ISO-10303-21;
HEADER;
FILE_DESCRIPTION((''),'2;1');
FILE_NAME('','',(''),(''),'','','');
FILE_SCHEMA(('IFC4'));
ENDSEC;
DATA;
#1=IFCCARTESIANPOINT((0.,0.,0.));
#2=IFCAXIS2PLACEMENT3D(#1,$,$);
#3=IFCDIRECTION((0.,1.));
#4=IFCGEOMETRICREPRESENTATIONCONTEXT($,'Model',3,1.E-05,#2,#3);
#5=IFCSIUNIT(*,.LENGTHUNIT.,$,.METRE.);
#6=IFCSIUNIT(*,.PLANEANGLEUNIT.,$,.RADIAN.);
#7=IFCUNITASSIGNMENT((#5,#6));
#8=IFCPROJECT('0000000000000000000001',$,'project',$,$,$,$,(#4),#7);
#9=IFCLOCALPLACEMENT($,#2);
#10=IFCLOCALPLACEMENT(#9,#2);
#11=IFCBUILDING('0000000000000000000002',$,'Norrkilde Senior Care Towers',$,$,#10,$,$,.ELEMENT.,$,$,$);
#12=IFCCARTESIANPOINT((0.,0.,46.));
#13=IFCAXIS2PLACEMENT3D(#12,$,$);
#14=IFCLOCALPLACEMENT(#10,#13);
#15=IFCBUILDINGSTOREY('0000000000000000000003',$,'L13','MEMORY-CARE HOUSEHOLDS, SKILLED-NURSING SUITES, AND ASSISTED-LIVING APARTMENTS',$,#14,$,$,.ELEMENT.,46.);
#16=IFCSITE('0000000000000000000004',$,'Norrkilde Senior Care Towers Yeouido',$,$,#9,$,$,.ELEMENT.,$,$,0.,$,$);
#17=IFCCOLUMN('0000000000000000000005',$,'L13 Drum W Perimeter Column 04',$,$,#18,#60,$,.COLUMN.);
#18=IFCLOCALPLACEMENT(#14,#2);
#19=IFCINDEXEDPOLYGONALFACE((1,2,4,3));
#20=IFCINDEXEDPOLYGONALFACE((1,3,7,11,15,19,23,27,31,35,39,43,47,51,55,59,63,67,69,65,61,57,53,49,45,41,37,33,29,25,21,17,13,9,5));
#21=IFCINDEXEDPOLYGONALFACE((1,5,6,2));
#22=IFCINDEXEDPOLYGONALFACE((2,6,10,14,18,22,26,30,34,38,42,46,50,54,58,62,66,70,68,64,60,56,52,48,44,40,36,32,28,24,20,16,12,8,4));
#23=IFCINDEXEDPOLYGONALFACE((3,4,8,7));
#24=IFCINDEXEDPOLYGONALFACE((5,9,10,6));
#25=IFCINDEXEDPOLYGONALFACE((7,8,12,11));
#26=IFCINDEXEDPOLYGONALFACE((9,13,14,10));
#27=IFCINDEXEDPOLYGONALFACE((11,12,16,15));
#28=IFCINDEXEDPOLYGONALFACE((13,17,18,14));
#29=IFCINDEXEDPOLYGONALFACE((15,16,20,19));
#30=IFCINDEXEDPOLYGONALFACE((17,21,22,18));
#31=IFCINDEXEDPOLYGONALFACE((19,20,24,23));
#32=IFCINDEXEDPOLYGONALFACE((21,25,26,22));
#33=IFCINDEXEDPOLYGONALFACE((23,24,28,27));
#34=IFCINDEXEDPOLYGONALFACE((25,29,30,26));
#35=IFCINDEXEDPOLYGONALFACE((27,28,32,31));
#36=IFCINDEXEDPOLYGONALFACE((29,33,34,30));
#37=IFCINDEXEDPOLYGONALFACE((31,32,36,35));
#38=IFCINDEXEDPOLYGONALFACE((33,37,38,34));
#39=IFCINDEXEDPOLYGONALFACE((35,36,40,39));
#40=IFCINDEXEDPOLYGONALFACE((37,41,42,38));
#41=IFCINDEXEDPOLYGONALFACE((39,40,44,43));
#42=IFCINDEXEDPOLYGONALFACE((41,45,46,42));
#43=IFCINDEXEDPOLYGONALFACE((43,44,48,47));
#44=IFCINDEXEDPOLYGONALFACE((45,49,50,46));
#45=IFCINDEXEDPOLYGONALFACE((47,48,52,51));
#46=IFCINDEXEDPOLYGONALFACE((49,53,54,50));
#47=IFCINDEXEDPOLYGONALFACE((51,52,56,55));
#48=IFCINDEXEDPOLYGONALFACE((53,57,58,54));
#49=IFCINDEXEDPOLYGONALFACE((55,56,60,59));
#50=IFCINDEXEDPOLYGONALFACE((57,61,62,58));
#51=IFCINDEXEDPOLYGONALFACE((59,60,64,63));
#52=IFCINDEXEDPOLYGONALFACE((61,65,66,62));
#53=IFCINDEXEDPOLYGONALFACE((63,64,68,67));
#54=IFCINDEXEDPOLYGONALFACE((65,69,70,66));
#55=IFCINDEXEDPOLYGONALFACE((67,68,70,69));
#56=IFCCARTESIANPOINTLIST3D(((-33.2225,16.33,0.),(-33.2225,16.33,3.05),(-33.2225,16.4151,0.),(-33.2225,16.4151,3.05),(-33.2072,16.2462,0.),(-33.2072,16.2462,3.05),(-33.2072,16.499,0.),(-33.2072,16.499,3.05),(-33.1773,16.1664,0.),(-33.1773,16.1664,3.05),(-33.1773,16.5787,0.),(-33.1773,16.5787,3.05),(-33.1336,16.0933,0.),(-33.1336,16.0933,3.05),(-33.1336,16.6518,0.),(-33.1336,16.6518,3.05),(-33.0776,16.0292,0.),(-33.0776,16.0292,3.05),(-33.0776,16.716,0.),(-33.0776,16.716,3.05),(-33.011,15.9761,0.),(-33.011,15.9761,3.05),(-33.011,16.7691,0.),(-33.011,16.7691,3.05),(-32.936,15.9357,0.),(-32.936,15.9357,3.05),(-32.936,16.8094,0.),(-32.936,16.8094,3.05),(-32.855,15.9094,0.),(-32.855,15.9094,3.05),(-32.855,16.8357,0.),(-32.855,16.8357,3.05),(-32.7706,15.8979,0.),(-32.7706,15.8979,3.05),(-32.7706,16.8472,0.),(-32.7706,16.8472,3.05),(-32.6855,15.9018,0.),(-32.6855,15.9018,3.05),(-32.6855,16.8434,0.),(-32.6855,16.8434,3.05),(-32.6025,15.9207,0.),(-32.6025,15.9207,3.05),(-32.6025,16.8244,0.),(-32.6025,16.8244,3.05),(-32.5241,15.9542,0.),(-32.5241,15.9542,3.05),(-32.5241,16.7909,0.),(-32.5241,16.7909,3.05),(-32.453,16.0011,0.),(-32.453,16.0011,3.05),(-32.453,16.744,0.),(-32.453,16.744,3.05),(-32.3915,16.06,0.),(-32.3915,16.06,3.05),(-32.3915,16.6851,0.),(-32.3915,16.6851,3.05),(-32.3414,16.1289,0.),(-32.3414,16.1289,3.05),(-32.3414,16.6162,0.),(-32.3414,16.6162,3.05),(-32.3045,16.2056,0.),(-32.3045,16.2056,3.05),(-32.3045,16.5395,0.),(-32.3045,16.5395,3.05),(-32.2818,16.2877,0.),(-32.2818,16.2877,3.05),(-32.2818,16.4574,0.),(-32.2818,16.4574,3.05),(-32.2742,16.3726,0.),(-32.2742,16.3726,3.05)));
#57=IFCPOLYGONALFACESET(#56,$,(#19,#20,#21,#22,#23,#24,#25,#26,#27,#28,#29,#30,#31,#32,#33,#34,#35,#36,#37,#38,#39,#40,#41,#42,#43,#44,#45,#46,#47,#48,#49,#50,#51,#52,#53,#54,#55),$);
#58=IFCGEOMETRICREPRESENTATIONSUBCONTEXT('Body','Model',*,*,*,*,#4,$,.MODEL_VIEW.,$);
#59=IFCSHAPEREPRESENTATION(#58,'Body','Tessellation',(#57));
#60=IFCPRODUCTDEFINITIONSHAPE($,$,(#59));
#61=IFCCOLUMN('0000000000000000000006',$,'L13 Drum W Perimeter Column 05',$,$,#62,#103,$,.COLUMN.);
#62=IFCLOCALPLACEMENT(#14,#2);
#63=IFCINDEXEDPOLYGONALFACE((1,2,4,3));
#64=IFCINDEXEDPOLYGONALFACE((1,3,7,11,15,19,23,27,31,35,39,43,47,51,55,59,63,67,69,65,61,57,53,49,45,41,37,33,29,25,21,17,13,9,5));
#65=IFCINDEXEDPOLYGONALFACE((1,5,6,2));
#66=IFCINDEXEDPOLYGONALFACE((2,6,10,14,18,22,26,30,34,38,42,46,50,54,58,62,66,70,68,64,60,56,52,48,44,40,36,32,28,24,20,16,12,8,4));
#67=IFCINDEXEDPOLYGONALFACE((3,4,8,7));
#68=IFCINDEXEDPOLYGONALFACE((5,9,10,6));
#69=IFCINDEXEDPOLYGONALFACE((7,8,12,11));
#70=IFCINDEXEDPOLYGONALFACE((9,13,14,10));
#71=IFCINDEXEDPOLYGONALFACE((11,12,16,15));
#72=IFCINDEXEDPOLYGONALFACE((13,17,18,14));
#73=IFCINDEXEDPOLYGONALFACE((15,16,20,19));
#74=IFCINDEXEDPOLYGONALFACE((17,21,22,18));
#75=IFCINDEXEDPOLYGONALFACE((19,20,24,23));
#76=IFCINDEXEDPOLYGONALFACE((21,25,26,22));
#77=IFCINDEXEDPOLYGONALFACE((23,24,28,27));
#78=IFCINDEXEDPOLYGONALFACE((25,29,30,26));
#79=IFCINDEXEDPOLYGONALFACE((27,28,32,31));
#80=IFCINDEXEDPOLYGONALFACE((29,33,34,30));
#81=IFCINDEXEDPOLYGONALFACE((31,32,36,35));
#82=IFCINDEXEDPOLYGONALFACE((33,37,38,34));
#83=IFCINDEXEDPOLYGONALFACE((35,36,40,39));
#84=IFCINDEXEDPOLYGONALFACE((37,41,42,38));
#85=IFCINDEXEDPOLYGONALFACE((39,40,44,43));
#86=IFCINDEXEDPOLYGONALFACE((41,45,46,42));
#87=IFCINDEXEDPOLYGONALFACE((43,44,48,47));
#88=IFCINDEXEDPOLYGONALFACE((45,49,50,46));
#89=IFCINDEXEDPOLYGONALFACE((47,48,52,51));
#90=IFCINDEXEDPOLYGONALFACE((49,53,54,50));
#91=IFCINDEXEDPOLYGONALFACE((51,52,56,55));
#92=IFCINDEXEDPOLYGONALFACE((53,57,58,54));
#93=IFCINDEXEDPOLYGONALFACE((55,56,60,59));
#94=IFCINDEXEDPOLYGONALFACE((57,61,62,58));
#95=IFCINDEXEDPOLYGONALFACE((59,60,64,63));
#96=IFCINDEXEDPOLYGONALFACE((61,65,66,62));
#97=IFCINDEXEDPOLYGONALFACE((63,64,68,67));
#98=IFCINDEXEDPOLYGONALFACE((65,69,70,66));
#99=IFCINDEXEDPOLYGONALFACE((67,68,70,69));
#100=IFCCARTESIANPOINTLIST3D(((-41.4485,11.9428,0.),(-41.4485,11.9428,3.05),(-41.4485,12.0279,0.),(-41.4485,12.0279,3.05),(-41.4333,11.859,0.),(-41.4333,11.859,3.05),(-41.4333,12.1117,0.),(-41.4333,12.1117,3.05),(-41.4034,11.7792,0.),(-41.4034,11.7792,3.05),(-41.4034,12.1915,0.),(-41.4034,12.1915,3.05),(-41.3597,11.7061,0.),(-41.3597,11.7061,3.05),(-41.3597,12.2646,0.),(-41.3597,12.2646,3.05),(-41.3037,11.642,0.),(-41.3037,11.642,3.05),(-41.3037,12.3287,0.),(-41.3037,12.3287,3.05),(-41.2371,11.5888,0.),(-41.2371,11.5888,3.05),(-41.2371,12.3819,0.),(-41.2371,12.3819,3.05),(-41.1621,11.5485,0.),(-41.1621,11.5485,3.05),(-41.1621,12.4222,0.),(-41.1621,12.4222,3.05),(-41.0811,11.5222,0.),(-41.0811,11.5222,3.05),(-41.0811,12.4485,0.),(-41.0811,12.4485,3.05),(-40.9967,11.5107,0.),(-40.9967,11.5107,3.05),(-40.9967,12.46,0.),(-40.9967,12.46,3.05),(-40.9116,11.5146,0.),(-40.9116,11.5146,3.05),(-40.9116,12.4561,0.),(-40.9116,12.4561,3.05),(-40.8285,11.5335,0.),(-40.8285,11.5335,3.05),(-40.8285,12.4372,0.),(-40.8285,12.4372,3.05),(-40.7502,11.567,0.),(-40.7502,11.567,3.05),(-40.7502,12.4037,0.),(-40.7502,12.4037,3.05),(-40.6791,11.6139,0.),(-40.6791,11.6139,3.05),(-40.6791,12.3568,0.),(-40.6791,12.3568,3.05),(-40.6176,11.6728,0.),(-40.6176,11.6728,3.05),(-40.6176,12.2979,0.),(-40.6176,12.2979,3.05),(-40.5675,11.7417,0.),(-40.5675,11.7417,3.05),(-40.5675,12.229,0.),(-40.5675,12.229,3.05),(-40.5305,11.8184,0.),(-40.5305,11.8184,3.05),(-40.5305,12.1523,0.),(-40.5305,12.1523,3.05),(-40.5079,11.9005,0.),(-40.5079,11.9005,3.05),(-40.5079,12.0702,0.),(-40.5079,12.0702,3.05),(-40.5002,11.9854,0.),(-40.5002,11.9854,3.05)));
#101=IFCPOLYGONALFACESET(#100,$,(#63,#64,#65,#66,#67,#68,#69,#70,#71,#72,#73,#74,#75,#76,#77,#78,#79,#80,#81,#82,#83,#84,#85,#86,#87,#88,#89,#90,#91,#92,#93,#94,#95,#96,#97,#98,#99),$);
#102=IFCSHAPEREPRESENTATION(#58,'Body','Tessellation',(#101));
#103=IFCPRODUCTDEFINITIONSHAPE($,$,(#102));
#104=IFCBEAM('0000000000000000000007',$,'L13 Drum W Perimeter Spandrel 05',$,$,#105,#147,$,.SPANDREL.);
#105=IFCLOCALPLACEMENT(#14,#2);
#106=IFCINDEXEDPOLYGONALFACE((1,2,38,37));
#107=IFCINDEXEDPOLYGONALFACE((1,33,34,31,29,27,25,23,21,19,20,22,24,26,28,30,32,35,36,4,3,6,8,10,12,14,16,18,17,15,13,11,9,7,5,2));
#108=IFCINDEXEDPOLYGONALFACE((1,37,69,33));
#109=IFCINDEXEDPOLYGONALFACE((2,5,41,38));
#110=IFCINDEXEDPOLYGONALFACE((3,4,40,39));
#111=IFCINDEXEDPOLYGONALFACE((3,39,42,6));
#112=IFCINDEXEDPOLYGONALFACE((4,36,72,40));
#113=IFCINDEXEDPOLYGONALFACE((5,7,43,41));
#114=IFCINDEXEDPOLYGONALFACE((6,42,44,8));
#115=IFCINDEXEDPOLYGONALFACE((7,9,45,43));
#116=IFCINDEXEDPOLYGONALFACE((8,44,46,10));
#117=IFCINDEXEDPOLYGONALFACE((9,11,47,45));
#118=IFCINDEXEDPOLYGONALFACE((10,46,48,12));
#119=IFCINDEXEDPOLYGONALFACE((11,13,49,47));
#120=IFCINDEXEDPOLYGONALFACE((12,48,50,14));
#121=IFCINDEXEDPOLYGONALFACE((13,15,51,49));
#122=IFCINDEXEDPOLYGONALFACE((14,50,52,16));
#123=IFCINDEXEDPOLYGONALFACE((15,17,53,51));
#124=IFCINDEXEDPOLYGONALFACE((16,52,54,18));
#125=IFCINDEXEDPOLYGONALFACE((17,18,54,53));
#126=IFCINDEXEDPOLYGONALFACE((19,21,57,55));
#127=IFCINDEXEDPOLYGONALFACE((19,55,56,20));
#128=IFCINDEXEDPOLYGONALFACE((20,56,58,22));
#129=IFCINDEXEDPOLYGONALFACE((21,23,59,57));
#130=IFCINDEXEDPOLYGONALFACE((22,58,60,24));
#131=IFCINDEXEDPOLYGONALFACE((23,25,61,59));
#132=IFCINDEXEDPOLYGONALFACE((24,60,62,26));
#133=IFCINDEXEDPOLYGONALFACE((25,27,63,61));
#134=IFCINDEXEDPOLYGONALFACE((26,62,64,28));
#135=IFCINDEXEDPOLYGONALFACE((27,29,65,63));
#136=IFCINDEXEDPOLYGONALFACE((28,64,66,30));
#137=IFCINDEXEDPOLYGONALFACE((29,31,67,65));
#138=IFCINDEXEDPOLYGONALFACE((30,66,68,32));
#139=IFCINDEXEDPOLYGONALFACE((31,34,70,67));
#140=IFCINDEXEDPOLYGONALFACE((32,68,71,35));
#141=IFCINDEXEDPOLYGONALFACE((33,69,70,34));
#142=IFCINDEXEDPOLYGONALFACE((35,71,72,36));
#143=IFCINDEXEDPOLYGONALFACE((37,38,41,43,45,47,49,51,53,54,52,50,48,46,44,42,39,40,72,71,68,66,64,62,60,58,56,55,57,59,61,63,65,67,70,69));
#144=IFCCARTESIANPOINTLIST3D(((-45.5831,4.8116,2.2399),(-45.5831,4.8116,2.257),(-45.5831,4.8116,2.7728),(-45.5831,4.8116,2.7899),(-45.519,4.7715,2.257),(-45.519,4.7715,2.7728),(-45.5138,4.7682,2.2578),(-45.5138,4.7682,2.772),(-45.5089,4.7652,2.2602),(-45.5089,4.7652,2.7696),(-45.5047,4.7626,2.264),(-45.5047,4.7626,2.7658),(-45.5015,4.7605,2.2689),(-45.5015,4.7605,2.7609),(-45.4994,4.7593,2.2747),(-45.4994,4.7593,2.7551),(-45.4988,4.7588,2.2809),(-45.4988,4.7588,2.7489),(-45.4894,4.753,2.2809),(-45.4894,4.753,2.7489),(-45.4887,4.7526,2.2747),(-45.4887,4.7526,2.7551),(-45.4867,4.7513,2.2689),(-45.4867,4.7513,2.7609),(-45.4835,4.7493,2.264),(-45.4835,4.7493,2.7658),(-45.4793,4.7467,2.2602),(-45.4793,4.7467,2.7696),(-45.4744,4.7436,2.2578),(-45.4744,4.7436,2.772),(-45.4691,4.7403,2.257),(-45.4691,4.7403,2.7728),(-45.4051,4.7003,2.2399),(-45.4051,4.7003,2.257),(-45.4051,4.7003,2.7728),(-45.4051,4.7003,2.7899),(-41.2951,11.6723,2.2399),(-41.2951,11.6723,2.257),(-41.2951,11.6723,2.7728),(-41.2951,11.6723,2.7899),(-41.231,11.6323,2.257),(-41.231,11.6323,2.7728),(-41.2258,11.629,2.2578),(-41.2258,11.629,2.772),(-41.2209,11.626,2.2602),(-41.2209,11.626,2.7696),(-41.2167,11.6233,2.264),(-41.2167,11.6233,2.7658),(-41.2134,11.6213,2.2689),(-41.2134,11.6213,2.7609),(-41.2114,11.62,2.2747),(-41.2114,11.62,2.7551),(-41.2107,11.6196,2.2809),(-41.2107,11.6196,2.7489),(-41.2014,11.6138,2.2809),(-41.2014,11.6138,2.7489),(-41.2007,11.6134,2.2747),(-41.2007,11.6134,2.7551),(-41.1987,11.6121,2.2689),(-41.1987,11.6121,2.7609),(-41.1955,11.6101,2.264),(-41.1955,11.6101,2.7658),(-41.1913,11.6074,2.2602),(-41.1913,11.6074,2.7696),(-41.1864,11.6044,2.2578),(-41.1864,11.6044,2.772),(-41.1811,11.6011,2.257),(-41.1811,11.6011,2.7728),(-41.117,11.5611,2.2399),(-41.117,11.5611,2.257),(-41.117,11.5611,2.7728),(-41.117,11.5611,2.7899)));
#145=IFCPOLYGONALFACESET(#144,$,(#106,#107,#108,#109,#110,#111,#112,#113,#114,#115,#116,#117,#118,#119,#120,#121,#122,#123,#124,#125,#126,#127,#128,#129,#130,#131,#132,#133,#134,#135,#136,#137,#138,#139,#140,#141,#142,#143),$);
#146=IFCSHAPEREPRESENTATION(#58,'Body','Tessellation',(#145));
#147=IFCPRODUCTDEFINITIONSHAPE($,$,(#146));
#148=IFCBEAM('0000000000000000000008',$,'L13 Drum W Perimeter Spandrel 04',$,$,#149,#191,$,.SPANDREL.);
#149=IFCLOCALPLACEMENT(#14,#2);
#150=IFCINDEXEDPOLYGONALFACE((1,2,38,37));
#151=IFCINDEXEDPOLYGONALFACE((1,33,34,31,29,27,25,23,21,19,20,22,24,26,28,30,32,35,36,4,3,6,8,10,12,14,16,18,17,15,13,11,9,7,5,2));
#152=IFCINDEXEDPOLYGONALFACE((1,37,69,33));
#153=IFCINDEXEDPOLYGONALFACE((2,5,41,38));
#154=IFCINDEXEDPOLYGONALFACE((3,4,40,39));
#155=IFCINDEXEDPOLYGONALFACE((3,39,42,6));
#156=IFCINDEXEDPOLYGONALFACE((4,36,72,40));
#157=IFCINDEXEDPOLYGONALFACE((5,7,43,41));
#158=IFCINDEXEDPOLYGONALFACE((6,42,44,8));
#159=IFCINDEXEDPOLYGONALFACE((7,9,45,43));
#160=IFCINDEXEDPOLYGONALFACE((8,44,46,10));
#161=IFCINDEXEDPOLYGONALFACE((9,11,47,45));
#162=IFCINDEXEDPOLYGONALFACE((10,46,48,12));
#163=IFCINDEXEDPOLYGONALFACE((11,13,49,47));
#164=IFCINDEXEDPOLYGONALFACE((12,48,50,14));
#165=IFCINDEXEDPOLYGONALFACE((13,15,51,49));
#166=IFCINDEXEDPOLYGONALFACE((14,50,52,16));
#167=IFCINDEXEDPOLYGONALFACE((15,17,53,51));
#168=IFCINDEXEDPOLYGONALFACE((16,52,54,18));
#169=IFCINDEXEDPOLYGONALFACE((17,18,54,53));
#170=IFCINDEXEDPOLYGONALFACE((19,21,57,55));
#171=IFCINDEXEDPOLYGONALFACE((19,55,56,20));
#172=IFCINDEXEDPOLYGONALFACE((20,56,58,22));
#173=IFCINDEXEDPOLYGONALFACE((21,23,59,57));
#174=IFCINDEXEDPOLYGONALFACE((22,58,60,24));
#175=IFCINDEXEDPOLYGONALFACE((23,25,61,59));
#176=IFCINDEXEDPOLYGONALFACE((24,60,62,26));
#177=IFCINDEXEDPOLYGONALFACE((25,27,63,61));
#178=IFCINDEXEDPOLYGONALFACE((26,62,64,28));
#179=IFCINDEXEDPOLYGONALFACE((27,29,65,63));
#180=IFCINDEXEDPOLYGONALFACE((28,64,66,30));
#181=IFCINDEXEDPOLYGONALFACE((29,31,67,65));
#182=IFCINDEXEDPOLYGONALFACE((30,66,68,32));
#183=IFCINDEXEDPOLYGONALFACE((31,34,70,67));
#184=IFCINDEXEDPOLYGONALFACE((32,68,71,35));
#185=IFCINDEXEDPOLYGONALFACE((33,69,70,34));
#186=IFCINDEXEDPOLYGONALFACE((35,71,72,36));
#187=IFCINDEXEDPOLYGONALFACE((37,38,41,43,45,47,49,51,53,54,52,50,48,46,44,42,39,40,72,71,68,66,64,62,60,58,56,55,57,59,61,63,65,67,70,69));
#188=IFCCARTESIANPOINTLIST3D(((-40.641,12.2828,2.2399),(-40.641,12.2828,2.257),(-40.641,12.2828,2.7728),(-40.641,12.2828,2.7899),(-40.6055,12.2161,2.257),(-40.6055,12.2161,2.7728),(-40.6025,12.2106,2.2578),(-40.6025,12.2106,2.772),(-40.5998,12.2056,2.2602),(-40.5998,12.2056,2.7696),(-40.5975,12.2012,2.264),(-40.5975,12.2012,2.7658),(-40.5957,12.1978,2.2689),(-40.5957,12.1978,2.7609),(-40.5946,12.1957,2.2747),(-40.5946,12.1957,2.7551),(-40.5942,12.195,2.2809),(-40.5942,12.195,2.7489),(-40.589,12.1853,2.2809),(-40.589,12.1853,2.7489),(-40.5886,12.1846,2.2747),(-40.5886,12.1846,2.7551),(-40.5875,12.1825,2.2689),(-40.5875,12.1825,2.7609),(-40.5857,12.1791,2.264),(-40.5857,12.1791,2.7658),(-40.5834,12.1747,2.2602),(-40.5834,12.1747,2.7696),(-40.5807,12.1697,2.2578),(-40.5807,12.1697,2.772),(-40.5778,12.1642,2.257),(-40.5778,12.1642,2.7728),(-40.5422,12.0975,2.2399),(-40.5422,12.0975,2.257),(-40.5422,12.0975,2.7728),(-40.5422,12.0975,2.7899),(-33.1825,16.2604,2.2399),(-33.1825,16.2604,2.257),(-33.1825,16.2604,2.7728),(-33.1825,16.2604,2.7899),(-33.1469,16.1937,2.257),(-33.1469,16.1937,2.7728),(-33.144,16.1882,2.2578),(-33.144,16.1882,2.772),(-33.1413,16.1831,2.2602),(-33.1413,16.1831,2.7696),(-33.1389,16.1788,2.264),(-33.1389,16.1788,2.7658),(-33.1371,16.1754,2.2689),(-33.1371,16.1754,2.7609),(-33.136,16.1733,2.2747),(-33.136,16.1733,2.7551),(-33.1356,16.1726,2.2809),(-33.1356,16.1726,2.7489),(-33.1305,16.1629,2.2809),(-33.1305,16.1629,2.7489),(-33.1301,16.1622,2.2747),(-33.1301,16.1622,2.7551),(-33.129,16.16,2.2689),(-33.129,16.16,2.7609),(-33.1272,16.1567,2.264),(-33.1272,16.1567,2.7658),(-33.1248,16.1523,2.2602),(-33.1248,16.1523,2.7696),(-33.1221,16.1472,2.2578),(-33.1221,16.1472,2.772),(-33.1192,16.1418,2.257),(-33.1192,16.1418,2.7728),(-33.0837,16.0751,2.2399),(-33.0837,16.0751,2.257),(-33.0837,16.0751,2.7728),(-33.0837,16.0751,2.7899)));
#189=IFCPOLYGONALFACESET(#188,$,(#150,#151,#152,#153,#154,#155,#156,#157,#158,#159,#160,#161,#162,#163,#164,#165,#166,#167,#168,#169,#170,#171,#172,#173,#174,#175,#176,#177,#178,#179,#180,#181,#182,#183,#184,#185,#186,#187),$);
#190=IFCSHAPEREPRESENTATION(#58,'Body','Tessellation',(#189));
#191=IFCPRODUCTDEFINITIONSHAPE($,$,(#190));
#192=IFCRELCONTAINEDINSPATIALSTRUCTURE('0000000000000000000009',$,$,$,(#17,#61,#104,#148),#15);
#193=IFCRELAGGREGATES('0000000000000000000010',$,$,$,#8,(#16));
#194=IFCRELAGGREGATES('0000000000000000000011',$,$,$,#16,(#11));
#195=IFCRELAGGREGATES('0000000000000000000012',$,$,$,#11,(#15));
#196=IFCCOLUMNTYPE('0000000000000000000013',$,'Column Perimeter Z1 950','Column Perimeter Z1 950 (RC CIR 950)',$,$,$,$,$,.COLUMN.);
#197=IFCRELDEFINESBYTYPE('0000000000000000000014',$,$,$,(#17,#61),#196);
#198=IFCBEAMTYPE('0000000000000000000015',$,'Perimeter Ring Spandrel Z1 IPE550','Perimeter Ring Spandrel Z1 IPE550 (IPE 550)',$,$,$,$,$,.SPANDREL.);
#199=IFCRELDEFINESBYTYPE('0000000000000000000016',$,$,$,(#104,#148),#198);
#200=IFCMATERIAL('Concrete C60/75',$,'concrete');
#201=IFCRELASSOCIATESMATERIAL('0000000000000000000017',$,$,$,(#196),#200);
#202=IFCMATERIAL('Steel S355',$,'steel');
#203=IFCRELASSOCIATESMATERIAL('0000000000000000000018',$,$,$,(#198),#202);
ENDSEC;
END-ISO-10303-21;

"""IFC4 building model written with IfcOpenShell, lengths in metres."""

from ifc_helpers import new_model, si_unit, direction, frame, origin, origin_2d, place, context, subcontext, project, spatial, circle, i_section, extrude, source, transform, mapped, material, material_profile, profile_set, type_object, type_shapes, element, save


model = new_model("IFC4")

# Units and contexts
model_context = context("Model", 3, precision=1e-05, world=origin(), true_north=direction((0.0, 1.0)))
body_context = subcontext(model_context, "Body", "Model", "MODEL_VIEW")
ifc_project = project(units=[si_unit("LENGTHUNIT", "METRE"), si_unit("PLANEANGLEUNIT", "RADIAN")], contexts=[model_context])

# Site, building, storey
site_placement = place(None, origin())
site = spatial("IfcSite", under=ifc_project, at=site_placement, Name="Norrkilde Senior Care Towers Yeouido", CompositionType="ELEMENT", RefElevation=0.0)
building_placement = place(site_placement, origin())
building = spatial("IfcBuilding", under=site, at=building_placement, Name="Norrkilde Senior Care Towers", CompositionType="ELEMENT")
storey_placement = place(building_placement, frame((0.0, 0.0, 46.0)))
storey = spatial("IfcBuildingStorey", under=building, at=storey_placement, Name="L13", Description="MEMORY-CARE HOUSEHOLDS, SKILLED-NURSING SUITES, AND ASSISTED-LIVING APARTMENTS", CompositionType="ELEMENT", Elevation=46.0)

# Columns
ifc_material_1 = material(Name="Concrete C60/75", Category="concrete")
ifc_material_profile_1 = material_profile(ifc_material_1, circle(Radius=0.4751, at=origin_2d()), Name="RC CIR 950")
ifc_profile_set_1 = profile_set([ifc_material_profile_1], Name="Concrete C60/75")
column_type = type_object("IfcColumnType", Name="Column Perimeter Z1 950", Description="Column Perimeter Z1 950 (RC CIR 950)", PredefinedType="COLUMN", material=ifc_profile_set_1)
shared_shape_1 = source(origin(), body_context, "Body", "SweptSolid", [
    extrude(circle(Radius=0.4751, at=origin_2d()), origin(), (0.0, 0.0, 1.0), 3.05),
])
type_shapes(column_type, [shared_shape_1])
for number, where, z_axis, x_axis, name in (
    (1, (-32.7493, 16.3726, 0.0), (0.0, 0.0, 1.0), (1.0, 0.0, 0.0), "L13 Drum W Perimeter Column 04"),
    (2, (-40.9753, 11.9854, 0.0), (0.0, 0.0, 1.0), (1.0, 0.0, 0.0), "L13 Drum W Perimeter Column 05"),
):
    element("IfcColumn", number, at=place(storey_placement, frame(where, z_axis=z_axis, x_axis=x_axis)), inside=storey, type_object=column_type, Name=name, PredefinedType="COLUMN", context=body_context, shape_type="MappedRepresentation", body=[
        mapped(shared_shape_1, transform((0.0, 0.0, 0.0), x_axis=(1.0, 0.0, 0.0), y_axis=(0.0, 1.0, 0.0), z_axis=(0.0, 0.0, 1.0), scale=1.0)),
    ])

# Beams
ifc_material_2 = material(Name="Steel S355", Category="steel")
ifc_material_profile_2 = material_profile(ifc_material_2, i_section(OverallWidth=0.21, OverallDepth=0.55, WebThickness=0.011, FlangeThickness=0.0171, FilletRadius=0.0239, at=origin_2d()), Name="IPE 550")
ifc_profile_set_2 = profile_set([ifc_material_profile_2], Name="Steel S355")
beam_type_1 = type_object("IfcBeamType", Name="Perimeter Ring Spandrel Z1 IPE550", Description="Perimeter Ring Spandrel Z1 IPE550 (IPE 550)", PredefinedType="SPANDREL", material=ifc_profile_set_2)
shared_shape_2 = source(origin(), body_context, "Body", "SweptSolid", [
    extrude(i_section(OverallWidth=0.21, OverallDepth=0.55, WebThickness=0.011, FlangeThickness=0.0171, FilletRadius=0.0239, at=origin_2d()), origin(), (0.0, 0.0, 1.0), 8.0906),
])
beam_1_placement = place(storey_placement, frame((-41.2061, 11.6167, 2.5149), z_axis=(-0.530004, -0.847995, 0.0), x_axis=(0.847995, -0.530004, 0.0)))
element("IfcBeam", 3, at=beam_1_placement, inside=storey, type_object=beam_type_1, Name="L13 Drum W Perimeter Spandrel 05", PredefinedType="SPANDREL", context=body_context, shape_type="MappedRepresentation", body=[
    mapped(shared_shape_2, transform((0.0, 0.0, 0.0), x_axis=(1.0, 0.0, 0.0), y_axis=(0.0, 1.0, 0.0), z_axis=(0.0, 0.0, 1.0), scale=1.0)),
])
shared_shape_3 = source(origin(), body_context, "Body", "SweptSolid", [
    extrude(i_section(OverallWidth=0.21, OverallDepth=0.55, WebThickness=0.011, FlangeThickness=0.0171, FilletRadius=0.0239, at=origin_2d()), origin(), (0.0, 0.0, 1.0), 8.4529),
])
type_shapes(beam_type_1, [shared_shape_2, shared_shape_3])
beam_2_placement = place(storey_placement, frame((-33.1331, 16.1677, 2.5149), z_axis=(-0.882369, -0.470558, 0.0), x_axis=(0.470558, -0.882369, 0.0)))
element("IfcBeam", 4, at=beam_2_placement, inside=storey, type_object=beam_type_1, Name="L13 Drum W Perimeter Spandrel 04", PredefinedType="SPANDREL", context=body_context, shape_type="MappedRepresentation", body=[
    mapped(shared_shape_3, transform((0.0, 0.0, 0.0), x_axis=(1.0, 0.0, 0.0), y_axis=(0.0, 1.0, 0.0), z_axis=(0.0, 0.0, 1.0), scale=1.0)),
])

save(model, "model.ifc")
